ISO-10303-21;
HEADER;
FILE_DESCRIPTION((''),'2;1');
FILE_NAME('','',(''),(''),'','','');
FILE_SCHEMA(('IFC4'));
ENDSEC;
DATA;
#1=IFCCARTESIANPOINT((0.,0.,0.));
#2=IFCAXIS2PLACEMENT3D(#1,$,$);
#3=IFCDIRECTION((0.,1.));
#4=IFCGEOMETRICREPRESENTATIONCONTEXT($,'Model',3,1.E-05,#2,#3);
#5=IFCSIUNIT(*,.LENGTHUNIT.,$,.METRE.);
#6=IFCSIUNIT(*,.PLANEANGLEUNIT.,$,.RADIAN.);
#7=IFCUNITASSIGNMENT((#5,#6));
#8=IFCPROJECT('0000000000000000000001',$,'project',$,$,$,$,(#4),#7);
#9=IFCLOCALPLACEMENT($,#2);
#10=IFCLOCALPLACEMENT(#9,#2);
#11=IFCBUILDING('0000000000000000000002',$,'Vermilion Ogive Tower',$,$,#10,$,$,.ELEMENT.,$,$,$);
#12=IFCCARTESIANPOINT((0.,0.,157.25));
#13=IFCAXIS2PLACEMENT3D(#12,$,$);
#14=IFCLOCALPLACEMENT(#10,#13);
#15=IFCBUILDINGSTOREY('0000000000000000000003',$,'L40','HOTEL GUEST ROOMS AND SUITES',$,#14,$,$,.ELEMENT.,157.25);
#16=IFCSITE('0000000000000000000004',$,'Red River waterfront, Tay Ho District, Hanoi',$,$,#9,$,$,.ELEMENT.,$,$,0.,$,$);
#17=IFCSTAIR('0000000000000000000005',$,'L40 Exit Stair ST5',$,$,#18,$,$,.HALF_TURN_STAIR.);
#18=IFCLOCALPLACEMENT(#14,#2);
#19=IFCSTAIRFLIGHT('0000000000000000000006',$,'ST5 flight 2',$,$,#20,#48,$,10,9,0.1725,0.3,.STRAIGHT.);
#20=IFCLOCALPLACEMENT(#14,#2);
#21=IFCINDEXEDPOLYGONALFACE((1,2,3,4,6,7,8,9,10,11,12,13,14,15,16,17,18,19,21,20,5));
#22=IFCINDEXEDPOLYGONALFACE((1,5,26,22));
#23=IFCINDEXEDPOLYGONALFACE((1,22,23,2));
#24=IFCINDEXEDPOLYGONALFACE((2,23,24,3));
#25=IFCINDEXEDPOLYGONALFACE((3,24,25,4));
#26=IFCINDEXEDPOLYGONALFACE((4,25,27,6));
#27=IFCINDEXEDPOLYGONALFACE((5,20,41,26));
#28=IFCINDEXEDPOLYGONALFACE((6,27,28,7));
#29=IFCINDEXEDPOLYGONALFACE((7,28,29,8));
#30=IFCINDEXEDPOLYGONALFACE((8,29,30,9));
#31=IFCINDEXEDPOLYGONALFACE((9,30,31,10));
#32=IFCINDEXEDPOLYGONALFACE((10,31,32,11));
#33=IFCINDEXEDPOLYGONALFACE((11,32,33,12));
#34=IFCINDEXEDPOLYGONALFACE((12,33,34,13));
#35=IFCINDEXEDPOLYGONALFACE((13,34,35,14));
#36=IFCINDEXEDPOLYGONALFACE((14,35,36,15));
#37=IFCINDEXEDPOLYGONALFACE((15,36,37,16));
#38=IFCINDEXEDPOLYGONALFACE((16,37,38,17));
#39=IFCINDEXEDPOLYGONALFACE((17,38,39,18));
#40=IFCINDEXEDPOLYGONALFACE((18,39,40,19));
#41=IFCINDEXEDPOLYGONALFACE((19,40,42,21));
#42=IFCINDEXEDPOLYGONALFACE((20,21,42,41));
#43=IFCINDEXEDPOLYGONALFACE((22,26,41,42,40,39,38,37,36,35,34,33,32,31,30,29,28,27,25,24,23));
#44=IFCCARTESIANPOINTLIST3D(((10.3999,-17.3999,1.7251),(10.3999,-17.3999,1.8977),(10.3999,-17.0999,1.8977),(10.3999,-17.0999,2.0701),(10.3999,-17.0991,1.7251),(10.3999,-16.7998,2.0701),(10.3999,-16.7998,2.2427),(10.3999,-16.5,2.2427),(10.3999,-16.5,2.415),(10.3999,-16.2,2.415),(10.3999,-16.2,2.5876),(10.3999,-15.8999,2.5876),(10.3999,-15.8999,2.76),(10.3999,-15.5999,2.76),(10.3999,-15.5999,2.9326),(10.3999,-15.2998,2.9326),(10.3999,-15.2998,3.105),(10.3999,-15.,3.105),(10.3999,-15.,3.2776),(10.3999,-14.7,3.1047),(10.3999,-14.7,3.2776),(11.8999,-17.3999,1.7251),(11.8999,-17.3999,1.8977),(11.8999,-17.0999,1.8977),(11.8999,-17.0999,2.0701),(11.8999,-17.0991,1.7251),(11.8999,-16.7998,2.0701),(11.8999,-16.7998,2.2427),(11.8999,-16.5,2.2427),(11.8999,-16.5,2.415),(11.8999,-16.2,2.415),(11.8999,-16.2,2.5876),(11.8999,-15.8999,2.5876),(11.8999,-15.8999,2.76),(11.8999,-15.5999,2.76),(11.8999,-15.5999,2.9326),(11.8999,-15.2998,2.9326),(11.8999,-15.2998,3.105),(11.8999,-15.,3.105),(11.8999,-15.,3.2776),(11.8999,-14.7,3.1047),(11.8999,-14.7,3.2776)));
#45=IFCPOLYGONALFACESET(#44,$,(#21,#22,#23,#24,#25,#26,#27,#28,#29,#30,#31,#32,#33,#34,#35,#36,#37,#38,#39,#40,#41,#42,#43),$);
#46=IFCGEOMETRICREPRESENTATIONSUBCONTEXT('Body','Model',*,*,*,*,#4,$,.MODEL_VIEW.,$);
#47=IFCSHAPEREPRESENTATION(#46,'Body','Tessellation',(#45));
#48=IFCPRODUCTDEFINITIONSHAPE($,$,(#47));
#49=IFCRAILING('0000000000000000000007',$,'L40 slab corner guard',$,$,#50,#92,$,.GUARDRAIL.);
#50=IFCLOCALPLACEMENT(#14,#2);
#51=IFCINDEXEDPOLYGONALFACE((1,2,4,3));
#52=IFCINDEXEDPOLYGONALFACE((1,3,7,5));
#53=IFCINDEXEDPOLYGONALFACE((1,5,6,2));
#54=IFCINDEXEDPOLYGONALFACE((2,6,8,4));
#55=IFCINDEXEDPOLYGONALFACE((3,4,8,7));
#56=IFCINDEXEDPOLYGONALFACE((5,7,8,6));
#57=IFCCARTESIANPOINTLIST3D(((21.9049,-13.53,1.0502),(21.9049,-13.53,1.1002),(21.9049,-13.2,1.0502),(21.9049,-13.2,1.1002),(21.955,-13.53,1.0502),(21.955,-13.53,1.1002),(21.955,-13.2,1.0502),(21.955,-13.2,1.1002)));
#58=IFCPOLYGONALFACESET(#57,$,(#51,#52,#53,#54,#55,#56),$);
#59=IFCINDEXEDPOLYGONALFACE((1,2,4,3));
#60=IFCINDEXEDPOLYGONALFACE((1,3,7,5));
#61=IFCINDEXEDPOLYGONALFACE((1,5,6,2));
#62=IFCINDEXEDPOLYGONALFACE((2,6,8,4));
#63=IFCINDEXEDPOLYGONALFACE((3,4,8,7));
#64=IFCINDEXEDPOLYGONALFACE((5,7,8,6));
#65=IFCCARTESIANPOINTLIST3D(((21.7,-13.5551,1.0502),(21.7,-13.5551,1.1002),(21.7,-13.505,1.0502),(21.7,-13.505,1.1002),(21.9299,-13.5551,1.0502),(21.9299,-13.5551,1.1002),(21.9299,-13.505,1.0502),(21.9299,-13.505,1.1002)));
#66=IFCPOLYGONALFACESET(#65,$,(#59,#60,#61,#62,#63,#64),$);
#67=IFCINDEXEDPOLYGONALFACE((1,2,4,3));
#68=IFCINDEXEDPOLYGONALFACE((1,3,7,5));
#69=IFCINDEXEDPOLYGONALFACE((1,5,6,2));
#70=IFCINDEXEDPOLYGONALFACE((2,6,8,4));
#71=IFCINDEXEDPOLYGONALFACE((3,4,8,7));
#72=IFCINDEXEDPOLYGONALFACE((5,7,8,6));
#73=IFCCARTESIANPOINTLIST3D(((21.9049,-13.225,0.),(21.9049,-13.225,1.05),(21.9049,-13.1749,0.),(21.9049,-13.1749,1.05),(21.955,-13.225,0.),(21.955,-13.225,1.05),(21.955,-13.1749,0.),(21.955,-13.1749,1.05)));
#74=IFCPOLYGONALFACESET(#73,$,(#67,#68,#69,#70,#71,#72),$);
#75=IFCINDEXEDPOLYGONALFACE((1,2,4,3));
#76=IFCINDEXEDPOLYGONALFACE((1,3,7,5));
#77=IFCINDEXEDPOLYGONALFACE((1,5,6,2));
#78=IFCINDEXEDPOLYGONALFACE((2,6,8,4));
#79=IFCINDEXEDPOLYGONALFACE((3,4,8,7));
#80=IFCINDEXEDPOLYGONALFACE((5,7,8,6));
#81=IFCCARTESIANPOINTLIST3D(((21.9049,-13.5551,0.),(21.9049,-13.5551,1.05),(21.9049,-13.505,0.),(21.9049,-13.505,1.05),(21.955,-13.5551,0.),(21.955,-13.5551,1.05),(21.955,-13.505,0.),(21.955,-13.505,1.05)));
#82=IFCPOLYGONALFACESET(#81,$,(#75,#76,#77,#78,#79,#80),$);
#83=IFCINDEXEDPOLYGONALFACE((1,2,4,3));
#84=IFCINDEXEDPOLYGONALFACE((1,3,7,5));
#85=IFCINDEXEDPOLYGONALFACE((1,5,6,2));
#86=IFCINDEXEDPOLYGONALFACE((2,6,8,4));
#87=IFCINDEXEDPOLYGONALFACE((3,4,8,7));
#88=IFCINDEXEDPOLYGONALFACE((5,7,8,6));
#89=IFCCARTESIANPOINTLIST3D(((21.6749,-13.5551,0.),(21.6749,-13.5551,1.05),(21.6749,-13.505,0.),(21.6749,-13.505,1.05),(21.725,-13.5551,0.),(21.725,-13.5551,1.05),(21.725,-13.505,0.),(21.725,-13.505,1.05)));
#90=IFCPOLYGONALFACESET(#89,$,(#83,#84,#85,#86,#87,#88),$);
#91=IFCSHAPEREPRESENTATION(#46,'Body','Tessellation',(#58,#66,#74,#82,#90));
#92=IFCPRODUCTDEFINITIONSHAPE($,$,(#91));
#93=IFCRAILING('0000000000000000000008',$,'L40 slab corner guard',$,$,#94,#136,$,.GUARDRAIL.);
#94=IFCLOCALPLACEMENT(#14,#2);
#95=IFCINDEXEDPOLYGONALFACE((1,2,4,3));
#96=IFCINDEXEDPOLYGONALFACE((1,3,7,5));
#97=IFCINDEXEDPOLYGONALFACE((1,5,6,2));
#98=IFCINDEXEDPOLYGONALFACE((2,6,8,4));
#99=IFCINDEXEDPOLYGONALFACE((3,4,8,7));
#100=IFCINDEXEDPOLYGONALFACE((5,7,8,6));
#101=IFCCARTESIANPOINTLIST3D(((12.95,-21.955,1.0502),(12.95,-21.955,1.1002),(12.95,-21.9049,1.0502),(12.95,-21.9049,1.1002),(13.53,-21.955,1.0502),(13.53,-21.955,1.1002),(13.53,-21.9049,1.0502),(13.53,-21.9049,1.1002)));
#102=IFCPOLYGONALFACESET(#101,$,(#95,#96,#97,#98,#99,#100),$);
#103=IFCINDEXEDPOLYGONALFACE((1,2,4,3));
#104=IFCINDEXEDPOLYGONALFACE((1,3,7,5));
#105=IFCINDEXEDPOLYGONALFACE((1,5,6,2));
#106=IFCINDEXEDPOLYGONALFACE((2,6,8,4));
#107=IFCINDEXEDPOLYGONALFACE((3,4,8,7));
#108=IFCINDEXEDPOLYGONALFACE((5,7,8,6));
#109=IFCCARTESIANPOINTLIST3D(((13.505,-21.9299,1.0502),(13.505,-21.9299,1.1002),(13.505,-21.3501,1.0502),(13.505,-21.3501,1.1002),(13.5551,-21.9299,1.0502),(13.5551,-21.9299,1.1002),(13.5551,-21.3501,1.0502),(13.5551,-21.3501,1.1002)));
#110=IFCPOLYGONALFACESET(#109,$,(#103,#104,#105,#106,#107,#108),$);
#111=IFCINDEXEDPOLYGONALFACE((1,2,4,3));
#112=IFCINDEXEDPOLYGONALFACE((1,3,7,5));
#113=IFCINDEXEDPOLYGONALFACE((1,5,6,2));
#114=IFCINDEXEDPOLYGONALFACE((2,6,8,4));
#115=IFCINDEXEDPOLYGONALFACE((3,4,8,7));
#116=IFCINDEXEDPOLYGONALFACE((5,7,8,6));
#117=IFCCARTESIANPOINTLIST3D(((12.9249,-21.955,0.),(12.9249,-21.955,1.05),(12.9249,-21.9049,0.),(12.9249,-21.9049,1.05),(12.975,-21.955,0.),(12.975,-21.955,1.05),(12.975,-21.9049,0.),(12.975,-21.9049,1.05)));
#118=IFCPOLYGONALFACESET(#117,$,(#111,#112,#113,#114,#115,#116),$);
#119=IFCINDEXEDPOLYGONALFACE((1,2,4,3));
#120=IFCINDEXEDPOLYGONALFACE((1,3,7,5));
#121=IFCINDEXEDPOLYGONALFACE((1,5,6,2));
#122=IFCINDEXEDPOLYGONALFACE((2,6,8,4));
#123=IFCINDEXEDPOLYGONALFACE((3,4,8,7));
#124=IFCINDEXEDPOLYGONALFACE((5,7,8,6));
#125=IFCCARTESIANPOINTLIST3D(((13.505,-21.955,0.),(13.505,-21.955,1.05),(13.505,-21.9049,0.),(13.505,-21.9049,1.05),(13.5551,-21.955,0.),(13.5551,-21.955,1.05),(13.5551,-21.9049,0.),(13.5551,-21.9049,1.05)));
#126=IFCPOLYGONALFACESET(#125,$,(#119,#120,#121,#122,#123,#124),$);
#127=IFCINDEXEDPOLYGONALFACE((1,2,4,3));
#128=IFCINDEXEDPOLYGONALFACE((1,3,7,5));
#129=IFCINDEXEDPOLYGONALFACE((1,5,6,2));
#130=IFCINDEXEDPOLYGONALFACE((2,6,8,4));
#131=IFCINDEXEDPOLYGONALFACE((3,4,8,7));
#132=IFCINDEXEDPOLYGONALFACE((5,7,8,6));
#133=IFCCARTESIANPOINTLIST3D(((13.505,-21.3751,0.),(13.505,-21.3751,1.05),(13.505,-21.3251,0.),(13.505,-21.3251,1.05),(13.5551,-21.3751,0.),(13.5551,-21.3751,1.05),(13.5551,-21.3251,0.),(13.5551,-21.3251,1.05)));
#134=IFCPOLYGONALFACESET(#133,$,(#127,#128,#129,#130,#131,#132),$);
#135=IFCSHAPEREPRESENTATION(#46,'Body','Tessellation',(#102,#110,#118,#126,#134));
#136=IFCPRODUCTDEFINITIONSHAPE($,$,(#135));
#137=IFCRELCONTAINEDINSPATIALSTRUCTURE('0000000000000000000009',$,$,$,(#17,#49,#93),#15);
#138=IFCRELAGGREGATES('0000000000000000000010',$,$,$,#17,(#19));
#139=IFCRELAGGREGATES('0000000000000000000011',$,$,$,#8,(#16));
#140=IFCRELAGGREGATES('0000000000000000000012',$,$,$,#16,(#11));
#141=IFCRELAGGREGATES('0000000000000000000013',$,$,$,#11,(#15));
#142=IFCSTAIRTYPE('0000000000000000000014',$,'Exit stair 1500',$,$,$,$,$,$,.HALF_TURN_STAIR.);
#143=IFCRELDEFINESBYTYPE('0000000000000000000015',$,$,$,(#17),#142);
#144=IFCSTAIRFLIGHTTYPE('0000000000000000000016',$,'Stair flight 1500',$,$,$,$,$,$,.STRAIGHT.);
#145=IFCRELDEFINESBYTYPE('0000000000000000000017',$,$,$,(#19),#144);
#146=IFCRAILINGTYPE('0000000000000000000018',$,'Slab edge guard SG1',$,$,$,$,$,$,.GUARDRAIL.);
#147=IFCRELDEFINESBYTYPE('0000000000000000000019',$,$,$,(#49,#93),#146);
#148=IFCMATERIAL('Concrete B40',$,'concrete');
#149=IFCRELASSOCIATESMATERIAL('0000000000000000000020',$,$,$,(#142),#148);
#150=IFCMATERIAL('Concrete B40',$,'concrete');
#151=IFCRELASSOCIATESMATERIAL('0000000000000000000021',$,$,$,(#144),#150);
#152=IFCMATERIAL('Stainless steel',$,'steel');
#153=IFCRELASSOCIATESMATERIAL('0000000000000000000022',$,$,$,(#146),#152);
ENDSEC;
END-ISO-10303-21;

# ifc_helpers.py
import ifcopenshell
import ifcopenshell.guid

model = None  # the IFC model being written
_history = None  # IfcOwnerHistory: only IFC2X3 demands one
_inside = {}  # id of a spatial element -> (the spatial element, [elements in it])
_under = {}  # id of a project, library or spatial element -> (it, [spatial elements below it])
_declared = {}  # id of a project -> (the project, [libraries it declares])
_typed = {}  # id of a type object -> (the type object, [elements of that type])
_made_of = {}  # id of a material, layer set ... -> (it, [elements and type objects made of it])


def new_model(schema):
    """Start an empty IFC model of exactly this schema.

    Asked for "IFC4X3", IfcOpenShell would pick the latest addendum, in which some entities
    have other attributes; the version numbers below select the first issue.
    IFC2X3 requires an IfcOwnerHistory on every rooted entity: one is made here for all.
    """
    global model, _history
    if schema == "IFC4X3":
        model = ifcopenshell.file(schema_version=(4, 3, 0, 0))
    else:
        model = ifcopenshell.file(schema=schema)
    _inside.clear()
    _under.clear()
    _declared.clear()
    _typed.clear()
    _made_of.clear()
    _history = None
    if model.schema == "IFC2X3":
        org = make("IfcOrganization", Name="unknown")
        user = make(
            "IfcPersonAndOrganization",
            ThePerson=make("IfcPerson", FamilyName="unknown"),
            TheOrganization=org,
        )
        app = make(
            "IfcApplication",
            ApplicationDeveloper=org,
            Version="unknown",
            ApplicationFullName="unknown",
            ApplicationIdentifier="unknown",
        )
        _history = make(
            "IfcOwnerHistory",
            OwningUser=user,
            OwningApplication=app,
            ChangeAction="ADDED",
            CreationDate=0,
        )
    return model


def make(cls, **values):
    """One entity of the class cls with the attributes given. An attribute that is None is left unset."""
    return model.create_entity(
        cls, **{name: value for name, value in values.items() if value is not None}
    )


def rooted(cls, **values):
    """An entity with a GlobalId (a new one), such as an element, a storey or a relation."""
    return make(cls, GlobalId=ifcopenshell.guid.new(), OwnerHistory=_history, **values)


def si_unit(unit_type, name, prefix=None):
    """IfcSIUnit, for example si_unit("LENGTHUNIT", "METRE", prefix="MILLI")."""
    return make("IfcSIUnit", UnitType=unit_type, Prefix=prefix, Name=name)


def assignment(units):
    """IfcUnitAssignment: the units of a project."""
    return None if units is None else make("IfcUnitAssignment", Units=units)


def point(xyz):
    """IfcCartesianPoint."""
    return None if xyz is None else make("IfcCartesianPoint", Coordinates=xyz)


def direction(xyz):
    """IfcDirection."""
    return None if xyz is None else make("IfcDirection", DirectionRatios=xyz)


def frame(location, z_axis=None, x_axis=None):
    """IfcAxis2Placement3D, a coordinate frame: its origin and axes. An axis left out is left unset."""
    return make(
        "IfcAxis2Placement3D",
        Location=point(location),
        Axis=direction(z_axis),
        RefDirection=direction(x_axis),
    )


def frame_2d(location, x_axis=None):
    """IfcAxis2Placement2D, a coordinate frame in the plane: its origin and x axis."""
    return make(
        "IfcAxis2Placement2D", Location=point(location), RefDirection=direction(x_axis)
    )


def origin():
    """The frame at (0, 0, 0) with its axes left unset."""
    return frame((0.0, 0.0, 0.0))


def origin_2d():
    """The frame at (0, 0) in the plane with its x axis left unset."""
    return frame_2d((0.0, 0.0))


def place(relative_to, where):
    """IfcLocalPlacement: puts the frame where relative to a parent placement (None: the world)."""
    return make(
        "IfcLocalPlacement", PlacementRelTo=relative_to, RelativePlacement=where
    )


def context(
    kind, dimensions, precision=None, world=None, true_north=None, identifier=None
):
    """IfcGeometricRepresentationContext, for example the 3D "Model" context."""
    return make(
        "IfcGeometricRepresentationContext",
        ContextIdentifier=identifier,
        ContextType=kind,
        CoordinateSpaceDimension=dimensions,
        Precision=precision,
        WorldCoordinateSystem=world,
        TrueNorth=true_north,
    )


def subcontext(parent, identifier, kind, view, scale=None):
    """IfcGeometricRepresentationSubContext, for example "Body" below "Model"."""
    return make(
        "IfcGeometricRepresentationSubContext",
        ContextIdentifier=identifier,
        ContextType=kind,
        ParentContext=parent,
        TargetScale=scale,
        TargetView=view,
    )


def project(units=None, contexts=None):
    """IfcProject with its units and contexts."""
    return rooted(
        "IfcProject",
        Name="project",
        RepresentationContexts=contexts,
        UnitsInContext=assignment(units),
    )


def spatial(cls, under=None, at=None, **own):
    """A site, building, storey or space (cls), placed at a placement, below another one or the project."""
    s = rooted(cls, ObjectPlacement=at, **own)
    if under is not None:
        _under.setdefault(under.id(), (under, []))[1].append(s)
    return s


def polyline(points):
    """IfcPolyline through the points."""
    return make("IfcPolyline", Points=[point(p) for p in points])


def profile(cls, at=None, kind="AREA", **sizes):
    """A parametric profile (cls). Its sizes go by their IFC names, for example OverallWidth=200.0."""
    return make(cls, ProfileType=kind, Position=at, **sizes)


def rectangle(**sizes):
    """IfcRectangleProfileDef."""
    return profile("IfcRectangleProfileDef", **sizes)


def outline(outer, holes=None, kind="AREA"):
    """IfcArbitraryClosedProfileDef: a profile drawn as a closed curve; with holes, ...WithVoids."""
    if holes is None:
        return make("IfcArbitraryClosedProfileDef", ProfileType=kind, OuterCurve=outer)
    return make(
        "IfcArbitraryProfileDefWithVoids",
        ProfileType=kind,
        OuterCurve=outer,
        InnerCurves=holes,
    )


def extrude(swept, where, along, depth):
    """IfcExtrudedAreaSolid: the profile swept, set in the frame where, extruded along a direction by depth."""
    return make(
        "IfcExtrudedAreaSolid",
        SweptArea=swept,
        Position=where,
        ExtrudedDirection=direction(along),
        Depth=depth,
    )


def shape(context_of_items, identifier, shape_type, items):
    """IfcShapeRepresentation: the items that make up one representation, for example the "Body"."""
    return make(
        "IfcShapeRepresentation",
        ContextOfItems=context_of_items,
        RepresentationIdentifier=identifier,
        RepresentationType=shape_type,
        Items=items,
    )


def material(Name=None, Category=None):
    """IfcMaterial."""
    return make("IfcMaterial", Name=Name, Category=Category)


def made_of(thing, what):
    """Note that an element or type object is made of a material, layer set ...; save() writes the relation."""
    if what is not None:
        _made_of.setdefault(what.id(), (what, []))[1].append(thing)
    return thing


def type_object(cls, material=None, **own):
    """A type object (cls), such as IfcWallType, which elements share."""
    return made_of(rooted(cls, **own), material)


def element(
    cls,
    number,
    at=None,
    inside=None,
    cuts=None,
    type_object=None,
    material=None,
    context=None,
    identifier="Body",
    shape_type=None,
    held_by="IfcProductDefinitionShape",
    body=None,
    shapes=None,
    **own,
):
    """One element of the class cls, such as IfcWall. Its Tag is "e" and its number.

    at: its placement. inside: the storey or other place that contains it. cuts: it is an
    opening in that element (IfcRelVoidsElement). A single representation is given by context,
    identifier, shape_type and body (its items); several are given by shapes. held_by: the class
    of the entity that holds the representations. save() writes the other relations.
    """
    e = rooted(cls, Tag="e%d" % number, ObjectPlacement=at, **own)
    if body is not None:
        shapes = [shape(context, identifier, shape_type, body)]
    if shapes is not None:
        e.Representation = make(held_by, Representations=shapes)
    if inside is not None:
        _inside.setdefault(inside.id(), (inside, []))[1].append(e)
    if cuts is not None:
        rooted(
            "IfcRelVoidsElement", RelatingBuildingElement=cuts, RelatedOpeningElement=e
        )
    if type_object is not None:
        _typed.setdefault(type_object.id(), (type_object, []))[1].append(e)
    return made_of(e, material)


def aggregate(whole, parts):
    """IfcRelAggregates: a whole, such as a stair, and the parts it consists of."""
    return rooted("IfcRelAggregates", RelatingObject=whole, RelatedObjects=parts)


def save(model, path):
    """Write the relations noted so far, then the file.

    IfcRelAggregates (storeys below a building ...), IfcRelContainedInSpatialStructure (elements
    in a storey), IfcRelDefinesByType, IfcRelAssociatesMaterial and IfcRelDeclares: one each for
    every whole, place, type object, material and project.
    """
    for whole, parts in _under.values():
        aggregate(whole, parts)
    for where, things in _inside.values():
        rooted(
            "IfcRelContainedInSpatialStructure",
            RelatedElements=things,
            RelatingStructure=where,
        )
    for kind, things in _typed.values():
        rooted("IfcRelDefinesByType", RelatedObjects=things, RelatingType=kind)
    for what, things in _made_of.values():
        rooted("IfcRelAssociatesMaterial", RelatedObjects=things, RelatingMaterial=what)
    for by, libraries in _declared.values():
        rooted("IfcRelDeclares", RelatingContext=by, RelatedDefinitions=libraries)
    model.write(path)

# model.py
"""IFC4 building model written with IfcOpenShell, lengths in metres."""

from ifc_helpers import new_model, si_unit, direction, frame, origin, origin_2d, place, context, subcontext, project, spatial, polyline, rectangle, outline, extrude, material, type_object, element, aggregate, save


model = new_model("IFC4")

# Units and contexts
model_context = context("Model", 3, precision=1e-05, world=origin(), true_north=direction((0.0, 1.0)))
body_context = subcontext(model_context, "Body", "Model", "MODEL_VIEW")
ifc_project = project(units=[si_unit("LENGTHUNIT", "METRE"), si_unit("PLANEANGLEUNIT", "RADIAN")], contexts=[model_context])

# Site, building, storey
site_placement = place(None, origin())
site = spatial("IfcSite", under=ifc_project, at=site_placement, Name="Red River waterfront, Tay Ho District, Hanoi", CompositionType="ELEMENT", RefElevation=0.0)
building_placement = place(site_placement, origin())
building = spatial("IfcBuilding", under=site, at=building_placement, Name="Vermilion Ogive Tower", CompositionType="ELEMENT")
storey_placement = place(building_placement, frame((0.0, 0.0, 157.25)))
storey = spatial("IfcBuildingStorey", under=building, at=storey_placement, Name="L40", Description="HOTEL GUEST ROOMS AND SUITES", CompositionType="ELEMENT", Elevation=157.25)

# Stair, stair flight
ifc_material_1 = material(Name="Concrete B40", Category="concrete")
stair_type = type_object("IfcStairType", Name="Exit stair 1500", PredefinedType="HALF_TURN_STAIR", material=ifc_material_1)
stair_placement = place(storey_placement, origin())
stair = element("IfcStair", 1, at=stair_placement, inside=storey, type_object=stair_type, Name="L40 Exit Stair ST5", PredefinedType="HALF_TURN_STAIR")
ifc_material_2 = material(Name="Concrete B40", Category="concrete")
stair_flight_type = type_object("IfcStairFlightType", Name="Stair flight 1500", PredefinedType="STRAIGHT", material=ifc_material_2)
stair_flight_placement = place(storey_placement, frame((11.1499, -17.3999, 1.7251), z_axis=(0.0, 0.0, 1.0), x_axis=(0.0, 1.0, 0.0)))
stair_flight = element("IfcStairFlight", 2, at=stair_flight_placement, type_object=stair_flight_type, Name="ST5 flight 2", NumberOfRisers=10, NumberOfTreads=9, PredefinedType="STRAIGHT", RiserHeight=0.1725, TreadLength=0.3, context=body_context, shape_type="SweptSolid", body=[
    extrude(outline(polyline([(0.0, 0.0), (0.0, 0.1726), (0.3, 0.1726), (0.3, 0.345), (0.6001, 0.345), (0.6001, 0.5176), (0.8999, 0.5176), (0.8999, 0.6899), (1.2, 0.6899), (1.2, 0.8625), (1.5, 0.8625), (1.5, 1.0349), (1.8, 1.0349), (1.8, 1.2075), (2.1001, 1.2075), (2.1001, 1.3799), (2.3999, 1.3799), (2.3999, 1.5525), (2.7, 1.5525), (2.7, 1.7251), (2.7, 1.3796), (0.3008, 0.0), (0.0, 0.0)])), frame((0.0, 0.75, 0.0), z_axis=(0.0, -1.0, 0.0), x_axis=(1.0, 0.0, 0.0)), (0.0, 0.0, 1.0), 1.5),
])
aggregate(stair, [stair_flight])

# Railings
ifc_material_3 = material(Name="Stainless steel", Category="steel")
railing_type_1 = type_object("IfcRailingType", Name="Slab edge guard SG1", PredefinedType="GUARDRAIL", material=ifc_material_3)
railing_1_placement = place(storey_placement, frame((21.9299, -13.2, 0.0)))
element("IfcRailing", 3, at=railing_1_placement, inside=storey, type_object=railing_type_1, Name="L40 slab corner guard", PredefinedType="GUARDRAIL", context=body_context, shape_type="SweptSolid", body=[
    extrude(rectangle(XDim=0.05, YDim=0.05, at=origin_2d()), frame((0.0, 0.0, 1.0752), z_axis=(0.0, -1.0, 0.0), x_axis=(1.0, 0.0, 0.0)), (0.0, 0.0, 1.0), 0.3301),
    extrude(rectangle(XDim=0.05, YDim=0.05, at=origin_2d()), frame((0.0, -0.3301, 1.0752), z_axis=(-1.0, 0.0, 0.0), x_axis=(0.0, -1.0, 0.0)), (0.0, 0.0, 1.0), 0.23),
    extrude(rectangle(XDim=0.05, YDim=0.05, at=origin_2d()), origin(), (0.0, 0.0, 1.0), 1.05),
    extrude(rectangle(XDim=0.05, YDim=0.05, at=origin_2d()), frame((0.0, -0.3301, 0.0)), (0.0, 0.0, 1.0), 1.05),
    extrude(rectangle(XDim=0.05, YDim=0.05, at=origin_2d()), frame((-0.23, -0.3301, 0.0)), (0.0, 0.0, 1.0), 1.05),
])
railing_2_placement = place(storey_placement, frame((12.95, -21.9299, 0.0)))
element("IfcRailing", 4, at=railing_2_placement, inside=storey, type_object=railing_type_1, Name="L40 slab corner guard", PredefinedType="GUARDRAIL", context=body_context, shape_type="SweptSolid", body=[
    extrude(rectangle(XDim=0.05, YDim=0.05, at=origin_2d()), frame((0.0, 0.0, 1.0752), z_axis=(1.0, 0.0, 0.0), x_axis=(0.0, 1.0, 0.0)), (0.0, 0.0, 1.0), 0.5801),
    extrude(rectangle(XDim=0.05, YDim=0.05, at=origin_2d()), frame((0.5801, 0.0, 1.0752), z_axis=(0.0, 1.0, 0.0), x_axis=(-1.0, 0.0, 0.0)), (0.0, 0.0, 1.0), 0.5798),
    extrude(rectangle(XDim=0.05, YDim=0.05, at=origin_2d()), origin(), (0.0, 0.0, 1.0), 1.05),
    extrude(rectangle(XDim=0.05, YDim=0.05, at=origin_2d()), frame((0.5801, 0.0, 0.0)), (0.0, 0.0, 1.0), 1.05),
    extrude(rectangle(XDim=0.05, YDim=0.05, at=origin_2d()), frame((0.5801, 0.5798, 0.0)), (0.0, 0.0, 1.0), 1.05),
])

save(model, "model.ifc")
